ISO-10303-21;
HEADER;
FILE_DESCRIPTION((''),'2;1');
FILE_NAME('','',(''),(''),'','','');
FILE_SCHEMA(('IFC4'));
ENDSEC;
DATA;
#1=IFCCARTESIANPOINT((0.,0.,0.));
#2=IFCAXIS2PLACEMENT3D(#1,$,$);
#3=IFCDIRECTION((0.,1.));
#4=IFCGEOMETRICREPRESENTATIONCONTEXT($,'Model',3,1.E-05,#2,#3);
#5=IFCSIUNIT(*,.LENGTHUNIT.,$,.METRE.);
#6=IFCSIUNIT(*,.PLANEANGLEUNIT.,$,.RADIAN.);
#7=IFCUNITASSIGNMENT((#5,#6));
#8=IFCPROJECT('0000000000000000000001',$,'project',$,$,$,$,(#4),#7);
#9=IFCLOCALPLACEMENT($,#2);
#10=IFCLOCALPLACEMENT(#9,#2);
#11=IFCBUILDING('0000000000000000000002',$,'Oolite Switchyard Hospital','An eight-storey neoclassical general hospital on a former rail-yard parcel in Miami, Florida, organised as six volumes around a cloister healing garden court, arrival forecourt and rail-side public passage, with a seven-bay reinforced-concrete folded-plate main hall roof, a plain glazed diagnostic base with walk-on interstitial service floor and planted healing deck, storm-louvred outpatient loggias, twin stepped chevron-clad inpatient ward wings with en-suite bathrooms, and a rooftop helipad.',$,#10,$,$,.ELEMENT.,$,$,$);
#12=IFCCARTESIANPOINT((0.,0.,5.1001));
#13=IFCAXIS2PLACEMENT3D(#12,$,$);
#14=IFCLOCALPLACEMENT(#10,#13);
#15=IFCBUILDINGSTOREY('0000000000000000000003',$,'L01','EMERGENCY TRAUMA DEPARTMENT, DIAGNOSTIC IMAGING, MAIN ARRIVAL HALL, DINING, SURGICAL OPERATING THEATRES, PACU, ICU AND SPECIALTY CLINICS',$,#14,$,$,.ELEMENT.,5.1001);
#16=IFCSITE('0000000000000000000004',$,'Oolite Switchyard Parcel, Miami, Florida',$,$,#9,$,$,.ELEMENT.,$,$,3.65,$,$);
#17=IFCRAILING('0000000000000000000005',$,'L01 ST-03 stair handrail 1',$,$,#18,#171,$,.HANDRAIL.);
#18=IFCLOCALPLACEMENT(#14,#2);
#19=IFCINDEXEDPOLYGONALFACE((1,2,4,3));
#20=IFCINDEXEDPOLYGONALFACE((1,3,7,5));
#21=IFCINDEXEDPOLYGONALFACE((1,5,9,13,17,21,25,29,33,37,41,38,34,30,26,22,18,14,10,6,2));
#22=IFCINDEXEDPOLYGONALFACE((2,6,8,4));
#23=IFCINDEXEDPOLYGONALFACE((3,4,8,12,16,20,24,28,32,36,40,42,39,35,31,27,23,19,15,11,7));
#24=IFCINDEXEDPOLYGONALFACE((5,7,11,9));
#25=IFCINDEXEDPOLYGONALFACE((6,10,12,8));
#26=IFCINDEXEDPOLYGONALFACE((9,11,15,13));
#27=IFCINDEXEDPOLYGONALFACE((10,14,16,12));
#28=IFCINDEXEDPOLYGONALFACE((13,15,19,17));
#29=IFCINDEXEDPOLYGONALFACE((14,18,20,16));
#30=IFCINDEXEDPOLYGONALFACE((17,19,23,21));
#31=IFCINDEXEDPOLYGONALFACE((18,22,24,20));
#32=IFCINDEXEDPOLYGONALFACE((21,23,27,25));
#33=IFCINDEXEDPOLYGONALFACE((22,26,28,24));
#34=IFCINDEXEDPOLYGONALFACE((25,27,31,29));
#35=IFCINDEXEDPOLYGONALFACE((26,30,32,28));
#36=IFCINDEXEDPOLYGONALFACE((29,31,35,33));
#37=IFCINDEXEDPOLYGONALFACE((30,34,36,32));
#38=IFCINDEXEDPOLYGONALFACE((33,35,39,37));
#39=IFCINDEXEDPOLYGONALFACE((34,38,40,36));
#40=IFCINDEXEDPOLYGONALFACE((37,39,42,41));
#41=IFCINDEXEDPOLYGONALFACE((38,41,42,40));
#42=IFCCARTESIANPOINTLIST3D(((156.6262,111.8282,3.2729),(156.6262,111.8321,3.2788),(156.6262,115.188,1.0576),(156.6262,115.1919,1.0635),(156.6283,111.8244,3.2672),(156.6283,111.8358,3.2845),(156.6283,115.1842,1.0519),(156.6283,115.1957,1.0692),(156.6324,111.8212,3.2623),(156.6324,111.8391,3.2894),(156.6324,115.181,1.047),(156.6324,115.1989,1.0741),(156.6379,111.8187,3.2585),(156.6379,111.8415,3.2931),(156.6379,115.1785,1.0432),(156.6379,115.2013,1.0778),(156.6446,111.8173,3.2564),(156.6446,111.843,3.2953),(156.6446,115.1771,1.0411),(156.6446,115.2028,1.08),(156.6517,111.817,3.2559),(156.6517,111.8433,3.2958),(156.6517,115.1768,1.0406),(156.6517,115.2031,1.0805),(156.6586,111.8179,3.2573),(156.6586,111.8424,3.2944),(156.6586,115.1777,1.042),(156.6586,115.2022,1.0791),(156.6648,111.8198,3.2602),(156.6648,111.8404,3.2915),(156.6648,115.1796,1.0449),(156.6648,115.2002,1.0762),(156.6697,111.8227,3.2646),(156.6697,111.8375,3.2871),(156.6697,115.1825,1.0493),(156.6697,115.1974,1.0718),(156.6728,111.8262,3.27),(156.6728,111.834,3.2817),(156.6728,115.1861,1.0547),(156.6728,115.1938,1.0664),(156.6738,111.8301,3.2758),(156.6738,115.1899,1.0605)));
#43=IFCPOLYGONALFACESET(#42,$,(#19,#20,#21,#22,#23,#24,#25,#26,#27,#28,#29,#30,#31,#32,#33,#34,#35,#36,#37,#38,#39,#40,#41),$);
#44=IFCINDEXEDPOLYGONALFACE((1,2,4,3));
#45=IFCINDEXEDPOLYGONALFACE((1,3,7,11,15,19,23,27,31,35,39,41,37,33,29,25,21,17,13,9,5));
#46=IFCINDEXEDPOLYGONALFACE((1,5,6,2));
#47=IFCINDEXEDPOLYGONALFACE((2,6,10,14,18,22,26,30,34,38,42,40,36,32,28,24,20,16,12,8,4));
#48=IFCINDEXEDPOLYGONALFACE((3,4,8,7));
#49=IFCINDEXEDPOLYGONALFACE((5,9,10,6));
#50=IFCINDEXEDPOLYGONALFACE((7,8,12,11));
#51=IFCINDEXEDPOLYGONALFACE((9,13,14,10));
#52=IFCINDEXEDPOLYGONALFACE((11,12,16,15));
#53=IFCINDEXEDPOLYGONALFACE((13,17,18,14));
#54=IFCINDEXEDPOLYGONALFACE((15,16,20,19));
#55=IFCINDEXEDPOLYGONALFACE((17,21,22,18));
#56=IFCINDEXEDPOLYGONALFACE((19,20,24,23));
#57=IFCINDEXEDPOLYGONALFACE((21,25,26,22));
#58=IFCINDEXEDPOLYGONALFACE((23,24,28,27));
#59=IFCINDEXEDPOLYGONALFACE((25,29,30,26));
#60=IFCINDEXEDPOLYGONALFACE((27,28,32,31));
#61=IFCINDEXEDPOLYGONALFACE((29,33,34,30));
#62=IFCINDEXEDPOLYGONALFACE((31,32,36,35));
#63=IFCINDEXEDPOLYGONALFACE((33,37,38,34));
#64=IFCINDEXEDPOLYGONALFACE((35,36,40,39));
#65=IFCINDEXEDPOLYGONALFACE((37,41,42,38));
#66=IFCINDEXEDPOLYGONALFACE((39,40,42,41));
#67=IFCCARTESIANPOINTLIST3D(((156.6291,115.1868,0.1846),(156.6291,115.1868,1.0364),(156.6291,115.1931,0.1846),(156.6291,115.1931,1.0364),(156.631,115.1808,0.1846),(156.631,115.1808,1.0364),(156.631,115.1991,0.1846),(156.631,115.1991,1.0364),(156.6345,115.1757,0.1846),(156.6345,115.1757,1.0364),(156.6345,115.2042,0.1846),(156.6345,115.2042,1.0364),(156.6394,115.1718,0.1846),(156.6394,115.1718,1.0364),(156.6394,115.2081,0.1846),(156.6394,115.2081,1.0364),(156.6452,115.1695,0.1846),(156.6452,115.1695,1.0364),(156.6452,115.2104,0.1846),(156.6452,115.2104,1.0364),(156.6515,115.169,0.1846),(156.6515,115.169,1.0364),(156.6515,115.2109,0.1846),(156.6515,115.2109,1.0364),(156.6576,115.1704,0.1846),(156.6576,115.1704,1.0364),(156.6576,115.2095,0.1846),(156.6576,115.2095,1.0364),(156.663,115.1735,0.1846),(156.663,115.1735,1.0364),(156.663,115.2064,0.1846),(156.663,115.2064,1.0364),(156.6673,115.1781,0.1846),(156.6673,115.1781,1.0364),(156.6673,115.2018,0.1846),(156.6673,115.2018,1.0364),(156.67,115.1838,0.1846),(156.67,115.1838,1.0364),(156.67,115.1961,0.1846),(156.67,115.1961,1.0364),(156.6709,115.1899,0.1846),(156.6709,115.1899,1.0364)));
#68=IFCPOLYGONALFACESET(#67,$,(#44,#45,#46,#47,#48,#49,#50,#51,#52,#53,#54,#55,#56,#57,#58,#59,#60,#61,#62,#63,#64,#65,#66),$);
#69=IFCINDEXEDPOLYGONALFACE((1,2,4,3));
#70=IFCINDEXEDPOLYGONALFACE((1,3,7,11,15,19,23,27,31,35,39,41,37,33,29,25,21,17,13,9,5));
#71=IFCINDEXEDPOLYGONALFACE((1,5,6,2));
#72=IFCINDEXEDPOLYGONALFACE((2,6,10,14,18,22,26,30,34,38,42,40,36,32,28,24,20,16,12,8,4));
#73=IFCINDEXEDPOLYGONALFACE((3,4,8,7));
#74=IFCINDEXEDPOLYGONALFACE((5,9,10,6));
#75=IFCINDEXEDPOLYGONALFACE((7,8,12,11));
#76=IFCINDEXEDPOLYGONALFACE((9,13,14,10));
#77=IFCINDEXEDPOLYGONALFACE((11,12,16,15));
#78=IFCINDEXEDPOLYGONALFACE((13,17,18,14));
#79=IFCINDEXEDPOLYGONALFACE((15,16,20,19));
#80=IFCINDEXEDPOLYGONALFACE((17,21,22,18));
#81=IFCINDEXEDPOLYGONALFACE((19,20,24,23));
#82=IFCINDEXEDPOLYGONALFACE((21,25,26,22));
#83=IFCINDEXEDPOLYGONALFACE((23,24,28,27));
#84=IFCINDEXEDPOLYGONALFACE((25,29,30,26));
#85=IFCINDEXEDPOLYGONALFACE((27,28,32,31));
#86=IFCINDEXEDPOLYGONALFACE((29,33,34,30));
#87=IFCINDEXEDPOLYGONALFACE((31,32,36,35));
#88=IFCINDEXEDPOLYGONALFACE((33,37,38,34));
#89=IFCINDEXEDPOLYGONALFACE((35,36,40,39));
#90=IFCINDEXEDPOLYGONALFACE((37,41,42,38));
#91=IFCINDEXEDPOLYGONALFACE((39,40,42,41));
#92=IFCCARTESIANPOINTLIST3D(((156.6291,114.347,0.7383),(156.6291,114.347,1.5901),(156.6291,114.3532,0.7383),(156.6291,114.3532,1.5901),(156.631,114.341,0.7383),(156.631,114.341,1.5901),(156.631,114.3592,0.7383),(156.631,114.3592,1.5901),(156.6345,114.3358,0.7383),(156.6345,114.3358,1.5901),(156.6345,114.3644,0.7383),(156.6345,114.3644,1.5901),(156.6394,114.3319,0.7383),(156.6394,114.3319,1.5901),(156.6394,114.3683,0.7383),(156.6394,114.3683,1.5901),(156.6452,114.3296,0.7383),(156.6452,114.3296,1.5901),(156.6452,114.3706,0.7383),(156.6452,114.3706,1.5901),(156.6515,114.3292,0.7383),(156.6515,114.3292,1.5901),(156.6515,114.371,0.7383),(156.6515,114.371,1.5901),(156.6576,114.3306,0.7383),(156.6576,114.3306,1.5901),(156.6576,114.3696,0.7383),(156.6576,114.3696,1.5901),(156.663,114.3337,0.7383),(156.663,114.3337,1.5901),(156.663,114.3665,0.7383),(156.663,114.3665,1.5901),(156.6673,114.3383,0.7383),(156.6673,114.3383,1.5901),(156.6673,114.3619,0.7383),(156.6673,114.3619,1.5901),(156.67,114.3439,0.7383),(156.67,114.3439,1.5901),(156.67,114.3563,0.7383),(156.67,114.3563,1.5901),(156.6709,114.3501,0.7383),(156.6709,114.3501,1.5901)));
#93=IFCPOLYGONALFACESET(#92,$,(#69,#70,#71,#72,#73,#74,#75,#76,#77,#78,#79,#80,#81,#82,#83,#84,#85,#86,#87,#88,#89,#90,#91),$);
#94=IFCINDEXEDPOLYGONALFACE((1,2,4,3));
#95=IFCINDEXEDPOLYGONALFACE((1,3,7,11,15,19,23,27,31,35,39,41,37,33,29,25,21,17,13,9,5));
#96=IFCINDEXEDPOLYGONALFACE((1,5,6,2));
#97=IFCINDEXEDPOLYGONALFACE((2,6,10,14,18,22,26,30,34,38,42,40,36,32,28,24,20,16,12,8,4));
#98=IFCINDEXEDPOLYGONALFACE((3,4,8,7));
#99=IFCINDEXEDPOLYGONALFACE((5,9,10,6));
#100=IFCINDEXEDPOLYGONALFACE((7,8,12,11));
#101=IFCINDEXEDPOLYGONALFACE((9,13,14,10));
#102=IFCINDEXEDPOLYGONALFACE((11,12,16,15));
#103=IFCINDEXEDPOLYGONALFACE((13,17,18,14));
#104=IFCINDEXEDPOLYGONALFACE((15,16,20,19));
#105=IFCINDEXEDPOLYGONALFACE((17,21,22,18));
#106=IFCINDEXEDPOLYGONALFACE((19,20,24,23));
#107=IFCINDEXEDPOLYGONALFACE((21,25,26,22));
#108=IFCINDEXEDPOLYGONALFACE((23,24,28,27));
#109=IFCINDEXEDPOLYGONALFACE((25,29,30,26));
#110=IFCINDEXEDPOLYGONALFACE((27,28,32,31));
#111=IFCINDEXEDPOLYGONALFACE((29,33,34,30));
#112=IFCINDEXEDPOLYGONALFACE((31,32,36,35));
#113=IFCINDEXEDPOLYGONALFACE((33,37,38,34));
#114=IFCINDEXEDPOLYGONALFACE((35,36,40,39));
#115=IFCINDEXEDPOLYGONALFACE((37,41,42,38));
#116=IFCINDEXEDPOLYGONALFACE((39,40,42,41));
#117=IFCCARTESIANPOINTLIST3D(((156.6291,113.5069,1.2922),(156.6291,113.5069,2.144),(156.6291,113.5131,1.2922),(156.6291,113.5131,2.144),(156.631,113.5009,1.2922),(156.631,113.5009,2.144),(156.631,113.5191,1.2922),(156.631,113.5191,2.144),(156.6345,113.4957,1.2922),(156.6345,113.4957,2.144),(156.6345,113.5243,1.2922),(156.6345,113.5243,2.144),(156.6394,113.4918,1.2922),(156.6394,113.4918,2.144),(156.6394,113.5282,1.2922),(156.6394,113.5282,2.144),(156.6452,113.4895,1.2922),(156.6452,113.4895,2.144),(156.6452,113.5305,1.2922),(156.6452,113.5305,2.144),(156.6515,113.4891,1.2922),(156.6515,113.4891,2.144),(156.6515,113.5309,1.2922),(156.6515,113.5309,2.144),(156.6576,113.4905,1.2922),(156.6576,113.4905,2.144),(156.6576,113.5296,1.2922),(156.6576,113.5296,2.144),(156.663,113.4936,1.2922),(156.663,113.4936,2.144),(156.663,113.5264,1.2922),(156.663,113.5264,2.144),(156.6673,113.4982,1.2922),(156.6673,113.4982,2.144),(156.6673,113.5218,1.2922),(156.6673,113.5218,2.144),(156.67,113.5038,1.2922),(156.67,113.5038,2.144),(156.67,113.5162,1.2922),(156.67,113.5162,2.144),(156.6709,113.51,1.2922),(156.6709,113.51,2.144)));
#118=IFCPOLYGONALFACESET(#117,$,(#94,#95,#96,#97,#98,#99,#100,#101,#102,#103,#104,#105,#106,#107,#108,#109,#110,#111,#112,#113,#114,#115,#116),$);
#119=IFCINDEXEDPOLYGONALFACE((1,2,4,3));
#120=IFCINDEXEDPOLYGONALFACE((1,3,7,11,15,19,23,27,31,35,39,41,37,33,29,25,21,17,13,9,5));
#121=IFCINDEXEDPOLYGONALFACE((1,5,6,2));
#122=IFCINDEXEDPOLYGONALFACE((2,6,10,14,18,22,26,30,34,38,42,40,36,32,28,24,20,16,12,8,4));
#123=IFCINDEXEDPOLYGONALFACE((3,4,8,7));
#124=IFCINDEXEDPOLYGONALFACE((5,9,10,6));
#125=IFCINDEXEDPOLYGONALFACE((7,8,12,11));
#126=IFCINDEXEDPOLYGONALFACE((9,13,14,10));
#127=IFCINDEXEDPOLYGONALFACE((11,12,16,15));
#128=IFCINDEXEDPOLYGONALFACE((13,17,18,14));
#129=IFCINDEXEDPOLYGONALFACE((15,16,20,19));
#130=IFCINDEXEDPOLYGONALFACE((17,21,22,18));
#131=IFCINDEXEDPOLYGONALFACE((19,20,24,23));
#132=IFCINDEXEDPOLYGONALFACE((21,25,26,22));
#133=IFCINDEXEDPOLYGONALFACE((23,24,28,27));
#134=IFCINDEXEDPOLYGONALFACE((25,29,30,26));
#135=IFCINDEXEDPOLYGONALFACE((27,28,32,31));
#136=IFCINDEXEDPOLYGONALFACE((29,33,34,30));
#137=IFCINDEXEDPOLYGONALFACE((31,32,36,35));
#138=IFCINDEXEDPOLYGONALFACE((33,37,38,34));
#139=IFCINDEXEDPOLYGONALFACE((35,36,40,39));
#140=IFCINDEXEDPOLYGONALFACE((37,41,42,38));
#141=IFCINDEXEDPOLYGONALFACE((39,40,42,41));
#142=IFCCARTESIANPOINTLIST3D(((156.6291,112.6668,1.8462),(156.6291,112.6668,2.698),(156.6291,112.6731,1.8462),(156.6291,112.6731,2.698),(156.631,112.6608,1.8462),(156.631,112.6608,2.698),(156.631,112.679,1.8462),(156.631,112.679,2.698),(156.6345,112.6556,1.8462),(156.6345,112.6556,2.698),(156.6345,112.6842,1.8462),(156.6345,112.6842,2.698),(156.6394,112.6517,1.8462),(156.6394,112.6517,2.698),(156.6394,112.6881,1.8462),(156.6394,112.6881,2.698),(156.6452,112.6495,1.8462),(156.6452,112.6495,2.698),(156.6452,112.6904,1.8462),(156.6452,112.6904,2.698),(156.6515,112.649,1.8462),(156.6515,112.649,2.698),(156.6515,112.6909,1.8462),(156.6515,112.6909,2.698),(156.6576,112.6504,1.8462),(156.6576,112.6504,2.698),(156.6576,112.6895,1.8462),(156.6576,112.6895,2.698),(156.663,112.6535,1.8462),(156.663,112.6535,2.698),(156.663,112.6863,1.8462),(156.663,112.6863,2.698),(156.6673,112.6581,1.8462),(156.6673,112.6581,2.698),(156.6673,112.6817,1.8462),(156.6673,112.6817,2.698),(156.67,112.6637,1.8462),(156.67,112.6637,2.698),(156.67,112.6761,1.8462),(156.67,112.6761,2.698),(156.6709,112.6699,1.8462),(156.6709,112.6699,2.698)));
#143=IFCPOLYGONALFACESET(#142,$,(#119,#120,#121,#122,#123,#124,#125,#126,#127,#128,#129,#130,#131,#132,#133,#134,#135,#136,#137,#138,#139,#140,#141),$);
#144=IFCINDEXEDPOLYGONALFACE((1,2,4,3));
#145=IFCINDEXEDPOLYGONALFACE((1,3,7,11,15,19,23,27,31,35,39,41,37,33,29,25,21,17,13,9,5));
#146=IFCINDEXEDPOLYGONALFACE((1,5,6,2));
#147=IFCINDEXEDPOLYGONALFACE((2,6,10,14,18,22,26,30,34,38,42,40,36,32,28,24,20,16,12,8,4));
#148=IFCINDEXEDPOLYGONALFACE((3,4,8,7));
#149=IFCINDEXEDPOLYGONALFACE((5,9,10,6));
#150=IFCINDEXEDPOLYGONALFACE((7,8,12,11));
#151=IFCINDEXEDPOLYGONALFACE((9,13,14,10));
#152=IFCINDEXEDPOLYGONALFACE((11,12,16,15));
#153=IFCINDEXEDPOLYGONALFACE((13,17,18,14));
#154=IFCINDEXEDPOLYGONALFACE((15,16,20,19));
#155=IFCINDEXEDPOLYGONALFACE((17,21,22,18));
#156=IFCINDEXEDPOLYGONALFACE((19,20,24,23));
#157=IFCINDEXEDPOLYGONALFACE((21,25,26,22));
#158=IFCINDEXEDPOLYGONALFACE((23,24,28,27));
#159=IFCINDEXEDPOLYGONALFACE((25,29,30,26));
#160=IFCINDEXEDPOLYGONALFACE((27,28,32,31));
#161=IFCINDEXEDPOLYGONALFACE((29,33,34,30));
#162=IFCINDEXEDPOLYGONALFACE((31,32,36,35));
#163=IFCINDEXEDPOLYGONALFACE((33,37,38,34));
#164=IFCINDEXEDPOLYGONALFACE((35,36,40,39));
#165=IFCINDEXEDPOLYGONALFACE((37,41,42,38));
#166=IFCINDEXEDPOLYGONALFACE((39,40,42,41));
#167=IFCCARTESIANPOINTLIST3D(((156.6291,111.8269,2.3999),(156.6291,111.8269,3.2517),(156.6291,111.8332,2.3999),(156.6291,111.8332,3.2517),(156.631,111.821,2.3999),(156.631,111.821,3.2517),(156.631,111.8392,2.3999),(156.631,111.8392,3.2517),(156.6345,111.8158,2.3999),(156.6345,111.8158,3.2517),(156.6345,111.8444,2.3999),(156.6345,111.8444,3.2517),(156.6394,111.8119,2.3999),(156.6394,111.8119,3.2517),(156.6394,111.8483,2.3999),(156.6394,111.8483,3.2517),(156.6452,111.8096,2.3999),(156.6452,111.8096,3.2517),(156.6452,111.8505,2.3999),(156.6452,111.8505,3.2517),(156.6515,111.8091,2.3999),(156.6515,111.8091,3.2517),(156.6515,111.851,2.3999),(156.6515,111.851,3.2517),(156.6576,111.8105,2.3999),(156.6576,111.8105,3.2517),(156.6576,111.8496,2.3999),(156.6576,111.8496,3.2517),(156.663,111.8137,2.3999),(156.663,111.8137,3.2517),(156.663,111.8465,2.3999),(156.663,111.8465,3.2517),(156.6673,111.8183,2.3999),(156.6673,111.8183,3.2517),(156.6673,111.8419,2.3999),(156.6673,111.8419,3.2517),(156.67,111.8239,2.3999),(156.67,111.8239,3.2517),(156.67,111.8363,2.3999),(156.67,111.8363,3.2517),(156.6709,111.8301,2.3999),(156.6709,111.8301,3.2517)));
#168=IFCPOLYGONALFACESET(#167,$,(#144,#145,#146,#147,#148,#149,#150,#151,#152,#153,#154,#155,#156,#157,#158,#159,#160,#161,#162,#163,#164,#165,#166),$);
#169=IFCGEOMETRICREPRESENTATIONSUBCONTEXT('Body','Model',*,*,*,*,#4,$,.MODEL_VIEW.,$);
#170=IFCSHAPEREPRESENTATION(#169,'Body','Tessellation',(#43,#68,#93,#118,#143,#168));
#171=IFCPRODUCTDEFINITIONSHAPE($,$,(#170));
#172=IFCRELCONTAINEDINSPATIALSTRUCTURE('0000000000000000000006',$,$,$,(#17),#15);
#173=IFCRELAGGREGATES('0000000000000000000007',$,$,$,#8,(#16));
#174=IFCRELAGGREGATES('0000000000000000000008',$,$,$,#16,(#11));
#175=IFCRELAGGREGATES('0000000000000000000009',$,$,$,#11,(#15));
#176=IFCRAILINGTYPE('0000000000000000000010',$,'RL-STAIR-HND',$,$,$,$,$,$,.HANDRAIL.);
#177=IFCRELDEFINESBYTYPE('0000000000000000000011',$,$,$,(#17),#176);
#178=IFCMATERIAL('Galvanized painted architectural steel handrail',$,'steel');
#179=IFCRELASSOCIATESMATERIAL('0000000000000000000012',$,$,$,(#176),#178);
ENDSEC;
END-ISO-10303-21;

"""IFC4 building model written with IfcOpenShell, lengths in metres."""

from ifc_helpers import new_model, si_unit, direction, frame, origin, origin_2d, place, context, subcontext, project, spatial, circle, extrude, material, type_object, element, save


model = new_model("IFC4")

# Units and contexts
model_context = context("Model", 3, precision=1e-05, world=origin(), true_north=direction((0.0, 1.0)))
body_context = subcontext(model_context, "Body", "Model", "MODEL_VIEW")
ifc_project = project(units=[si_unit("LENGTHUNIT", "METRE"), si_unit("PLANEANGLEUNIT", "RADIAN")], contexts=[model_context])

# Site, building, storey
site_placement = place(None, origin())
site = spatial("IfcSite", under=ifc_project, at=site_placement, Name="Oolite Switchyard Parcel, Miami, Florida", CompositionType="ELEMENT", RefElevation=3.65)
building_placement = place(site_placement, origin())
building = spatial("IfcBuilding", under=site, at=building_placement, Name="Oolite Switchyard Hospital", Description="An eight-storey neoclassical general hospital on a former rail-yard parcel in Miami, Florida, organised as six volumes around a cloister healing garden court, arrival forecourt and rail-side public passage, with a seven-bay reinforced-concrete folded-plate main hall roof, a plain glazed diagnostic base with walk-on interstitial service floor and planted healing deck, storm-louvred outpatient loggias, twin stepped chevron-clad inpatient ward wings with en-suite bathrooms, and a rooftop helipad.", CompositionType="ELEMENT")
storey_placement = place(building_placement, frame((0.0, 0.0, 5.1001)))
storey = spatial("IfcBuildingStorey", under=building, at=storey_placement, Name="L01", Description="EMERGENCY TRAUMA DEPARTMENT, DIAGNOSTIC IMAGING, MAIN ARRIVAL HALL, DINING, SURGICAL OPERATING THEATRES, PACU, ICU AND SPECIALTY CLINICS", CompositionType="ELEMENT", Elevation=5.1001)

# Railing
ifc_material_1 = material(Name="Galvanized painted architectural steel handrail", Category="steel")
railing_type_1 = type_object("IfcRailingType", Name="RL-STAIR-HND", PredefinedType="HANDRAIL", material=ifc_material_1)
railing_1_placement = place(storey_placement, frame((156.6499, 115.1899, 0.1846)))
element("IfcRailing", 1, at=railing_1_placement, inside=storey, type_object=railing_type_1, Name="L01 ST-03 stair handrail 1", PredefinedType="HANDRAIL", context=body_context, shape_type="SweptSolid", body=[
    extrude(circle(Radius=0.0239, at=origin_2d()), frame((0.0, 0.0, 0.876), z_axis=(0.0, -0.834858, 0.550465), x_axis=(1.0, 0.0, 0.0)), (0.0, 0.0, 1.0), 4.0244),
    extrude(circle(Radius=0.021, at=origin_2d()), origin(), (0.0, 0.0, 1.0), 0.8518),
    extrude(circle(Radius=0.021, at=origin_2d()), frame((0.0, -0.8398, 0.5537)), (0.0, 0.0, 1.0), 0.8518),
    extrude(circle(Radius=0.021, at=origin_2d()), frame((0.0, -1.6799, 1.1077)), (0.0, 0.0, 1.0), 0.8518),
    extrude(circle(Radius=0.021, at=origin_2d()), frame((0.0, -2.52, 1.6616)), (0.0, 0.0, 1.0), 0.8518),
    extrude(circle(Radius=0.021, at=origin_2d()), frame((0.0, -3.3599, 2.2153)), (0.0, 0.0, 1.0), 0.8518),
])

save(model, "model.ifc")
